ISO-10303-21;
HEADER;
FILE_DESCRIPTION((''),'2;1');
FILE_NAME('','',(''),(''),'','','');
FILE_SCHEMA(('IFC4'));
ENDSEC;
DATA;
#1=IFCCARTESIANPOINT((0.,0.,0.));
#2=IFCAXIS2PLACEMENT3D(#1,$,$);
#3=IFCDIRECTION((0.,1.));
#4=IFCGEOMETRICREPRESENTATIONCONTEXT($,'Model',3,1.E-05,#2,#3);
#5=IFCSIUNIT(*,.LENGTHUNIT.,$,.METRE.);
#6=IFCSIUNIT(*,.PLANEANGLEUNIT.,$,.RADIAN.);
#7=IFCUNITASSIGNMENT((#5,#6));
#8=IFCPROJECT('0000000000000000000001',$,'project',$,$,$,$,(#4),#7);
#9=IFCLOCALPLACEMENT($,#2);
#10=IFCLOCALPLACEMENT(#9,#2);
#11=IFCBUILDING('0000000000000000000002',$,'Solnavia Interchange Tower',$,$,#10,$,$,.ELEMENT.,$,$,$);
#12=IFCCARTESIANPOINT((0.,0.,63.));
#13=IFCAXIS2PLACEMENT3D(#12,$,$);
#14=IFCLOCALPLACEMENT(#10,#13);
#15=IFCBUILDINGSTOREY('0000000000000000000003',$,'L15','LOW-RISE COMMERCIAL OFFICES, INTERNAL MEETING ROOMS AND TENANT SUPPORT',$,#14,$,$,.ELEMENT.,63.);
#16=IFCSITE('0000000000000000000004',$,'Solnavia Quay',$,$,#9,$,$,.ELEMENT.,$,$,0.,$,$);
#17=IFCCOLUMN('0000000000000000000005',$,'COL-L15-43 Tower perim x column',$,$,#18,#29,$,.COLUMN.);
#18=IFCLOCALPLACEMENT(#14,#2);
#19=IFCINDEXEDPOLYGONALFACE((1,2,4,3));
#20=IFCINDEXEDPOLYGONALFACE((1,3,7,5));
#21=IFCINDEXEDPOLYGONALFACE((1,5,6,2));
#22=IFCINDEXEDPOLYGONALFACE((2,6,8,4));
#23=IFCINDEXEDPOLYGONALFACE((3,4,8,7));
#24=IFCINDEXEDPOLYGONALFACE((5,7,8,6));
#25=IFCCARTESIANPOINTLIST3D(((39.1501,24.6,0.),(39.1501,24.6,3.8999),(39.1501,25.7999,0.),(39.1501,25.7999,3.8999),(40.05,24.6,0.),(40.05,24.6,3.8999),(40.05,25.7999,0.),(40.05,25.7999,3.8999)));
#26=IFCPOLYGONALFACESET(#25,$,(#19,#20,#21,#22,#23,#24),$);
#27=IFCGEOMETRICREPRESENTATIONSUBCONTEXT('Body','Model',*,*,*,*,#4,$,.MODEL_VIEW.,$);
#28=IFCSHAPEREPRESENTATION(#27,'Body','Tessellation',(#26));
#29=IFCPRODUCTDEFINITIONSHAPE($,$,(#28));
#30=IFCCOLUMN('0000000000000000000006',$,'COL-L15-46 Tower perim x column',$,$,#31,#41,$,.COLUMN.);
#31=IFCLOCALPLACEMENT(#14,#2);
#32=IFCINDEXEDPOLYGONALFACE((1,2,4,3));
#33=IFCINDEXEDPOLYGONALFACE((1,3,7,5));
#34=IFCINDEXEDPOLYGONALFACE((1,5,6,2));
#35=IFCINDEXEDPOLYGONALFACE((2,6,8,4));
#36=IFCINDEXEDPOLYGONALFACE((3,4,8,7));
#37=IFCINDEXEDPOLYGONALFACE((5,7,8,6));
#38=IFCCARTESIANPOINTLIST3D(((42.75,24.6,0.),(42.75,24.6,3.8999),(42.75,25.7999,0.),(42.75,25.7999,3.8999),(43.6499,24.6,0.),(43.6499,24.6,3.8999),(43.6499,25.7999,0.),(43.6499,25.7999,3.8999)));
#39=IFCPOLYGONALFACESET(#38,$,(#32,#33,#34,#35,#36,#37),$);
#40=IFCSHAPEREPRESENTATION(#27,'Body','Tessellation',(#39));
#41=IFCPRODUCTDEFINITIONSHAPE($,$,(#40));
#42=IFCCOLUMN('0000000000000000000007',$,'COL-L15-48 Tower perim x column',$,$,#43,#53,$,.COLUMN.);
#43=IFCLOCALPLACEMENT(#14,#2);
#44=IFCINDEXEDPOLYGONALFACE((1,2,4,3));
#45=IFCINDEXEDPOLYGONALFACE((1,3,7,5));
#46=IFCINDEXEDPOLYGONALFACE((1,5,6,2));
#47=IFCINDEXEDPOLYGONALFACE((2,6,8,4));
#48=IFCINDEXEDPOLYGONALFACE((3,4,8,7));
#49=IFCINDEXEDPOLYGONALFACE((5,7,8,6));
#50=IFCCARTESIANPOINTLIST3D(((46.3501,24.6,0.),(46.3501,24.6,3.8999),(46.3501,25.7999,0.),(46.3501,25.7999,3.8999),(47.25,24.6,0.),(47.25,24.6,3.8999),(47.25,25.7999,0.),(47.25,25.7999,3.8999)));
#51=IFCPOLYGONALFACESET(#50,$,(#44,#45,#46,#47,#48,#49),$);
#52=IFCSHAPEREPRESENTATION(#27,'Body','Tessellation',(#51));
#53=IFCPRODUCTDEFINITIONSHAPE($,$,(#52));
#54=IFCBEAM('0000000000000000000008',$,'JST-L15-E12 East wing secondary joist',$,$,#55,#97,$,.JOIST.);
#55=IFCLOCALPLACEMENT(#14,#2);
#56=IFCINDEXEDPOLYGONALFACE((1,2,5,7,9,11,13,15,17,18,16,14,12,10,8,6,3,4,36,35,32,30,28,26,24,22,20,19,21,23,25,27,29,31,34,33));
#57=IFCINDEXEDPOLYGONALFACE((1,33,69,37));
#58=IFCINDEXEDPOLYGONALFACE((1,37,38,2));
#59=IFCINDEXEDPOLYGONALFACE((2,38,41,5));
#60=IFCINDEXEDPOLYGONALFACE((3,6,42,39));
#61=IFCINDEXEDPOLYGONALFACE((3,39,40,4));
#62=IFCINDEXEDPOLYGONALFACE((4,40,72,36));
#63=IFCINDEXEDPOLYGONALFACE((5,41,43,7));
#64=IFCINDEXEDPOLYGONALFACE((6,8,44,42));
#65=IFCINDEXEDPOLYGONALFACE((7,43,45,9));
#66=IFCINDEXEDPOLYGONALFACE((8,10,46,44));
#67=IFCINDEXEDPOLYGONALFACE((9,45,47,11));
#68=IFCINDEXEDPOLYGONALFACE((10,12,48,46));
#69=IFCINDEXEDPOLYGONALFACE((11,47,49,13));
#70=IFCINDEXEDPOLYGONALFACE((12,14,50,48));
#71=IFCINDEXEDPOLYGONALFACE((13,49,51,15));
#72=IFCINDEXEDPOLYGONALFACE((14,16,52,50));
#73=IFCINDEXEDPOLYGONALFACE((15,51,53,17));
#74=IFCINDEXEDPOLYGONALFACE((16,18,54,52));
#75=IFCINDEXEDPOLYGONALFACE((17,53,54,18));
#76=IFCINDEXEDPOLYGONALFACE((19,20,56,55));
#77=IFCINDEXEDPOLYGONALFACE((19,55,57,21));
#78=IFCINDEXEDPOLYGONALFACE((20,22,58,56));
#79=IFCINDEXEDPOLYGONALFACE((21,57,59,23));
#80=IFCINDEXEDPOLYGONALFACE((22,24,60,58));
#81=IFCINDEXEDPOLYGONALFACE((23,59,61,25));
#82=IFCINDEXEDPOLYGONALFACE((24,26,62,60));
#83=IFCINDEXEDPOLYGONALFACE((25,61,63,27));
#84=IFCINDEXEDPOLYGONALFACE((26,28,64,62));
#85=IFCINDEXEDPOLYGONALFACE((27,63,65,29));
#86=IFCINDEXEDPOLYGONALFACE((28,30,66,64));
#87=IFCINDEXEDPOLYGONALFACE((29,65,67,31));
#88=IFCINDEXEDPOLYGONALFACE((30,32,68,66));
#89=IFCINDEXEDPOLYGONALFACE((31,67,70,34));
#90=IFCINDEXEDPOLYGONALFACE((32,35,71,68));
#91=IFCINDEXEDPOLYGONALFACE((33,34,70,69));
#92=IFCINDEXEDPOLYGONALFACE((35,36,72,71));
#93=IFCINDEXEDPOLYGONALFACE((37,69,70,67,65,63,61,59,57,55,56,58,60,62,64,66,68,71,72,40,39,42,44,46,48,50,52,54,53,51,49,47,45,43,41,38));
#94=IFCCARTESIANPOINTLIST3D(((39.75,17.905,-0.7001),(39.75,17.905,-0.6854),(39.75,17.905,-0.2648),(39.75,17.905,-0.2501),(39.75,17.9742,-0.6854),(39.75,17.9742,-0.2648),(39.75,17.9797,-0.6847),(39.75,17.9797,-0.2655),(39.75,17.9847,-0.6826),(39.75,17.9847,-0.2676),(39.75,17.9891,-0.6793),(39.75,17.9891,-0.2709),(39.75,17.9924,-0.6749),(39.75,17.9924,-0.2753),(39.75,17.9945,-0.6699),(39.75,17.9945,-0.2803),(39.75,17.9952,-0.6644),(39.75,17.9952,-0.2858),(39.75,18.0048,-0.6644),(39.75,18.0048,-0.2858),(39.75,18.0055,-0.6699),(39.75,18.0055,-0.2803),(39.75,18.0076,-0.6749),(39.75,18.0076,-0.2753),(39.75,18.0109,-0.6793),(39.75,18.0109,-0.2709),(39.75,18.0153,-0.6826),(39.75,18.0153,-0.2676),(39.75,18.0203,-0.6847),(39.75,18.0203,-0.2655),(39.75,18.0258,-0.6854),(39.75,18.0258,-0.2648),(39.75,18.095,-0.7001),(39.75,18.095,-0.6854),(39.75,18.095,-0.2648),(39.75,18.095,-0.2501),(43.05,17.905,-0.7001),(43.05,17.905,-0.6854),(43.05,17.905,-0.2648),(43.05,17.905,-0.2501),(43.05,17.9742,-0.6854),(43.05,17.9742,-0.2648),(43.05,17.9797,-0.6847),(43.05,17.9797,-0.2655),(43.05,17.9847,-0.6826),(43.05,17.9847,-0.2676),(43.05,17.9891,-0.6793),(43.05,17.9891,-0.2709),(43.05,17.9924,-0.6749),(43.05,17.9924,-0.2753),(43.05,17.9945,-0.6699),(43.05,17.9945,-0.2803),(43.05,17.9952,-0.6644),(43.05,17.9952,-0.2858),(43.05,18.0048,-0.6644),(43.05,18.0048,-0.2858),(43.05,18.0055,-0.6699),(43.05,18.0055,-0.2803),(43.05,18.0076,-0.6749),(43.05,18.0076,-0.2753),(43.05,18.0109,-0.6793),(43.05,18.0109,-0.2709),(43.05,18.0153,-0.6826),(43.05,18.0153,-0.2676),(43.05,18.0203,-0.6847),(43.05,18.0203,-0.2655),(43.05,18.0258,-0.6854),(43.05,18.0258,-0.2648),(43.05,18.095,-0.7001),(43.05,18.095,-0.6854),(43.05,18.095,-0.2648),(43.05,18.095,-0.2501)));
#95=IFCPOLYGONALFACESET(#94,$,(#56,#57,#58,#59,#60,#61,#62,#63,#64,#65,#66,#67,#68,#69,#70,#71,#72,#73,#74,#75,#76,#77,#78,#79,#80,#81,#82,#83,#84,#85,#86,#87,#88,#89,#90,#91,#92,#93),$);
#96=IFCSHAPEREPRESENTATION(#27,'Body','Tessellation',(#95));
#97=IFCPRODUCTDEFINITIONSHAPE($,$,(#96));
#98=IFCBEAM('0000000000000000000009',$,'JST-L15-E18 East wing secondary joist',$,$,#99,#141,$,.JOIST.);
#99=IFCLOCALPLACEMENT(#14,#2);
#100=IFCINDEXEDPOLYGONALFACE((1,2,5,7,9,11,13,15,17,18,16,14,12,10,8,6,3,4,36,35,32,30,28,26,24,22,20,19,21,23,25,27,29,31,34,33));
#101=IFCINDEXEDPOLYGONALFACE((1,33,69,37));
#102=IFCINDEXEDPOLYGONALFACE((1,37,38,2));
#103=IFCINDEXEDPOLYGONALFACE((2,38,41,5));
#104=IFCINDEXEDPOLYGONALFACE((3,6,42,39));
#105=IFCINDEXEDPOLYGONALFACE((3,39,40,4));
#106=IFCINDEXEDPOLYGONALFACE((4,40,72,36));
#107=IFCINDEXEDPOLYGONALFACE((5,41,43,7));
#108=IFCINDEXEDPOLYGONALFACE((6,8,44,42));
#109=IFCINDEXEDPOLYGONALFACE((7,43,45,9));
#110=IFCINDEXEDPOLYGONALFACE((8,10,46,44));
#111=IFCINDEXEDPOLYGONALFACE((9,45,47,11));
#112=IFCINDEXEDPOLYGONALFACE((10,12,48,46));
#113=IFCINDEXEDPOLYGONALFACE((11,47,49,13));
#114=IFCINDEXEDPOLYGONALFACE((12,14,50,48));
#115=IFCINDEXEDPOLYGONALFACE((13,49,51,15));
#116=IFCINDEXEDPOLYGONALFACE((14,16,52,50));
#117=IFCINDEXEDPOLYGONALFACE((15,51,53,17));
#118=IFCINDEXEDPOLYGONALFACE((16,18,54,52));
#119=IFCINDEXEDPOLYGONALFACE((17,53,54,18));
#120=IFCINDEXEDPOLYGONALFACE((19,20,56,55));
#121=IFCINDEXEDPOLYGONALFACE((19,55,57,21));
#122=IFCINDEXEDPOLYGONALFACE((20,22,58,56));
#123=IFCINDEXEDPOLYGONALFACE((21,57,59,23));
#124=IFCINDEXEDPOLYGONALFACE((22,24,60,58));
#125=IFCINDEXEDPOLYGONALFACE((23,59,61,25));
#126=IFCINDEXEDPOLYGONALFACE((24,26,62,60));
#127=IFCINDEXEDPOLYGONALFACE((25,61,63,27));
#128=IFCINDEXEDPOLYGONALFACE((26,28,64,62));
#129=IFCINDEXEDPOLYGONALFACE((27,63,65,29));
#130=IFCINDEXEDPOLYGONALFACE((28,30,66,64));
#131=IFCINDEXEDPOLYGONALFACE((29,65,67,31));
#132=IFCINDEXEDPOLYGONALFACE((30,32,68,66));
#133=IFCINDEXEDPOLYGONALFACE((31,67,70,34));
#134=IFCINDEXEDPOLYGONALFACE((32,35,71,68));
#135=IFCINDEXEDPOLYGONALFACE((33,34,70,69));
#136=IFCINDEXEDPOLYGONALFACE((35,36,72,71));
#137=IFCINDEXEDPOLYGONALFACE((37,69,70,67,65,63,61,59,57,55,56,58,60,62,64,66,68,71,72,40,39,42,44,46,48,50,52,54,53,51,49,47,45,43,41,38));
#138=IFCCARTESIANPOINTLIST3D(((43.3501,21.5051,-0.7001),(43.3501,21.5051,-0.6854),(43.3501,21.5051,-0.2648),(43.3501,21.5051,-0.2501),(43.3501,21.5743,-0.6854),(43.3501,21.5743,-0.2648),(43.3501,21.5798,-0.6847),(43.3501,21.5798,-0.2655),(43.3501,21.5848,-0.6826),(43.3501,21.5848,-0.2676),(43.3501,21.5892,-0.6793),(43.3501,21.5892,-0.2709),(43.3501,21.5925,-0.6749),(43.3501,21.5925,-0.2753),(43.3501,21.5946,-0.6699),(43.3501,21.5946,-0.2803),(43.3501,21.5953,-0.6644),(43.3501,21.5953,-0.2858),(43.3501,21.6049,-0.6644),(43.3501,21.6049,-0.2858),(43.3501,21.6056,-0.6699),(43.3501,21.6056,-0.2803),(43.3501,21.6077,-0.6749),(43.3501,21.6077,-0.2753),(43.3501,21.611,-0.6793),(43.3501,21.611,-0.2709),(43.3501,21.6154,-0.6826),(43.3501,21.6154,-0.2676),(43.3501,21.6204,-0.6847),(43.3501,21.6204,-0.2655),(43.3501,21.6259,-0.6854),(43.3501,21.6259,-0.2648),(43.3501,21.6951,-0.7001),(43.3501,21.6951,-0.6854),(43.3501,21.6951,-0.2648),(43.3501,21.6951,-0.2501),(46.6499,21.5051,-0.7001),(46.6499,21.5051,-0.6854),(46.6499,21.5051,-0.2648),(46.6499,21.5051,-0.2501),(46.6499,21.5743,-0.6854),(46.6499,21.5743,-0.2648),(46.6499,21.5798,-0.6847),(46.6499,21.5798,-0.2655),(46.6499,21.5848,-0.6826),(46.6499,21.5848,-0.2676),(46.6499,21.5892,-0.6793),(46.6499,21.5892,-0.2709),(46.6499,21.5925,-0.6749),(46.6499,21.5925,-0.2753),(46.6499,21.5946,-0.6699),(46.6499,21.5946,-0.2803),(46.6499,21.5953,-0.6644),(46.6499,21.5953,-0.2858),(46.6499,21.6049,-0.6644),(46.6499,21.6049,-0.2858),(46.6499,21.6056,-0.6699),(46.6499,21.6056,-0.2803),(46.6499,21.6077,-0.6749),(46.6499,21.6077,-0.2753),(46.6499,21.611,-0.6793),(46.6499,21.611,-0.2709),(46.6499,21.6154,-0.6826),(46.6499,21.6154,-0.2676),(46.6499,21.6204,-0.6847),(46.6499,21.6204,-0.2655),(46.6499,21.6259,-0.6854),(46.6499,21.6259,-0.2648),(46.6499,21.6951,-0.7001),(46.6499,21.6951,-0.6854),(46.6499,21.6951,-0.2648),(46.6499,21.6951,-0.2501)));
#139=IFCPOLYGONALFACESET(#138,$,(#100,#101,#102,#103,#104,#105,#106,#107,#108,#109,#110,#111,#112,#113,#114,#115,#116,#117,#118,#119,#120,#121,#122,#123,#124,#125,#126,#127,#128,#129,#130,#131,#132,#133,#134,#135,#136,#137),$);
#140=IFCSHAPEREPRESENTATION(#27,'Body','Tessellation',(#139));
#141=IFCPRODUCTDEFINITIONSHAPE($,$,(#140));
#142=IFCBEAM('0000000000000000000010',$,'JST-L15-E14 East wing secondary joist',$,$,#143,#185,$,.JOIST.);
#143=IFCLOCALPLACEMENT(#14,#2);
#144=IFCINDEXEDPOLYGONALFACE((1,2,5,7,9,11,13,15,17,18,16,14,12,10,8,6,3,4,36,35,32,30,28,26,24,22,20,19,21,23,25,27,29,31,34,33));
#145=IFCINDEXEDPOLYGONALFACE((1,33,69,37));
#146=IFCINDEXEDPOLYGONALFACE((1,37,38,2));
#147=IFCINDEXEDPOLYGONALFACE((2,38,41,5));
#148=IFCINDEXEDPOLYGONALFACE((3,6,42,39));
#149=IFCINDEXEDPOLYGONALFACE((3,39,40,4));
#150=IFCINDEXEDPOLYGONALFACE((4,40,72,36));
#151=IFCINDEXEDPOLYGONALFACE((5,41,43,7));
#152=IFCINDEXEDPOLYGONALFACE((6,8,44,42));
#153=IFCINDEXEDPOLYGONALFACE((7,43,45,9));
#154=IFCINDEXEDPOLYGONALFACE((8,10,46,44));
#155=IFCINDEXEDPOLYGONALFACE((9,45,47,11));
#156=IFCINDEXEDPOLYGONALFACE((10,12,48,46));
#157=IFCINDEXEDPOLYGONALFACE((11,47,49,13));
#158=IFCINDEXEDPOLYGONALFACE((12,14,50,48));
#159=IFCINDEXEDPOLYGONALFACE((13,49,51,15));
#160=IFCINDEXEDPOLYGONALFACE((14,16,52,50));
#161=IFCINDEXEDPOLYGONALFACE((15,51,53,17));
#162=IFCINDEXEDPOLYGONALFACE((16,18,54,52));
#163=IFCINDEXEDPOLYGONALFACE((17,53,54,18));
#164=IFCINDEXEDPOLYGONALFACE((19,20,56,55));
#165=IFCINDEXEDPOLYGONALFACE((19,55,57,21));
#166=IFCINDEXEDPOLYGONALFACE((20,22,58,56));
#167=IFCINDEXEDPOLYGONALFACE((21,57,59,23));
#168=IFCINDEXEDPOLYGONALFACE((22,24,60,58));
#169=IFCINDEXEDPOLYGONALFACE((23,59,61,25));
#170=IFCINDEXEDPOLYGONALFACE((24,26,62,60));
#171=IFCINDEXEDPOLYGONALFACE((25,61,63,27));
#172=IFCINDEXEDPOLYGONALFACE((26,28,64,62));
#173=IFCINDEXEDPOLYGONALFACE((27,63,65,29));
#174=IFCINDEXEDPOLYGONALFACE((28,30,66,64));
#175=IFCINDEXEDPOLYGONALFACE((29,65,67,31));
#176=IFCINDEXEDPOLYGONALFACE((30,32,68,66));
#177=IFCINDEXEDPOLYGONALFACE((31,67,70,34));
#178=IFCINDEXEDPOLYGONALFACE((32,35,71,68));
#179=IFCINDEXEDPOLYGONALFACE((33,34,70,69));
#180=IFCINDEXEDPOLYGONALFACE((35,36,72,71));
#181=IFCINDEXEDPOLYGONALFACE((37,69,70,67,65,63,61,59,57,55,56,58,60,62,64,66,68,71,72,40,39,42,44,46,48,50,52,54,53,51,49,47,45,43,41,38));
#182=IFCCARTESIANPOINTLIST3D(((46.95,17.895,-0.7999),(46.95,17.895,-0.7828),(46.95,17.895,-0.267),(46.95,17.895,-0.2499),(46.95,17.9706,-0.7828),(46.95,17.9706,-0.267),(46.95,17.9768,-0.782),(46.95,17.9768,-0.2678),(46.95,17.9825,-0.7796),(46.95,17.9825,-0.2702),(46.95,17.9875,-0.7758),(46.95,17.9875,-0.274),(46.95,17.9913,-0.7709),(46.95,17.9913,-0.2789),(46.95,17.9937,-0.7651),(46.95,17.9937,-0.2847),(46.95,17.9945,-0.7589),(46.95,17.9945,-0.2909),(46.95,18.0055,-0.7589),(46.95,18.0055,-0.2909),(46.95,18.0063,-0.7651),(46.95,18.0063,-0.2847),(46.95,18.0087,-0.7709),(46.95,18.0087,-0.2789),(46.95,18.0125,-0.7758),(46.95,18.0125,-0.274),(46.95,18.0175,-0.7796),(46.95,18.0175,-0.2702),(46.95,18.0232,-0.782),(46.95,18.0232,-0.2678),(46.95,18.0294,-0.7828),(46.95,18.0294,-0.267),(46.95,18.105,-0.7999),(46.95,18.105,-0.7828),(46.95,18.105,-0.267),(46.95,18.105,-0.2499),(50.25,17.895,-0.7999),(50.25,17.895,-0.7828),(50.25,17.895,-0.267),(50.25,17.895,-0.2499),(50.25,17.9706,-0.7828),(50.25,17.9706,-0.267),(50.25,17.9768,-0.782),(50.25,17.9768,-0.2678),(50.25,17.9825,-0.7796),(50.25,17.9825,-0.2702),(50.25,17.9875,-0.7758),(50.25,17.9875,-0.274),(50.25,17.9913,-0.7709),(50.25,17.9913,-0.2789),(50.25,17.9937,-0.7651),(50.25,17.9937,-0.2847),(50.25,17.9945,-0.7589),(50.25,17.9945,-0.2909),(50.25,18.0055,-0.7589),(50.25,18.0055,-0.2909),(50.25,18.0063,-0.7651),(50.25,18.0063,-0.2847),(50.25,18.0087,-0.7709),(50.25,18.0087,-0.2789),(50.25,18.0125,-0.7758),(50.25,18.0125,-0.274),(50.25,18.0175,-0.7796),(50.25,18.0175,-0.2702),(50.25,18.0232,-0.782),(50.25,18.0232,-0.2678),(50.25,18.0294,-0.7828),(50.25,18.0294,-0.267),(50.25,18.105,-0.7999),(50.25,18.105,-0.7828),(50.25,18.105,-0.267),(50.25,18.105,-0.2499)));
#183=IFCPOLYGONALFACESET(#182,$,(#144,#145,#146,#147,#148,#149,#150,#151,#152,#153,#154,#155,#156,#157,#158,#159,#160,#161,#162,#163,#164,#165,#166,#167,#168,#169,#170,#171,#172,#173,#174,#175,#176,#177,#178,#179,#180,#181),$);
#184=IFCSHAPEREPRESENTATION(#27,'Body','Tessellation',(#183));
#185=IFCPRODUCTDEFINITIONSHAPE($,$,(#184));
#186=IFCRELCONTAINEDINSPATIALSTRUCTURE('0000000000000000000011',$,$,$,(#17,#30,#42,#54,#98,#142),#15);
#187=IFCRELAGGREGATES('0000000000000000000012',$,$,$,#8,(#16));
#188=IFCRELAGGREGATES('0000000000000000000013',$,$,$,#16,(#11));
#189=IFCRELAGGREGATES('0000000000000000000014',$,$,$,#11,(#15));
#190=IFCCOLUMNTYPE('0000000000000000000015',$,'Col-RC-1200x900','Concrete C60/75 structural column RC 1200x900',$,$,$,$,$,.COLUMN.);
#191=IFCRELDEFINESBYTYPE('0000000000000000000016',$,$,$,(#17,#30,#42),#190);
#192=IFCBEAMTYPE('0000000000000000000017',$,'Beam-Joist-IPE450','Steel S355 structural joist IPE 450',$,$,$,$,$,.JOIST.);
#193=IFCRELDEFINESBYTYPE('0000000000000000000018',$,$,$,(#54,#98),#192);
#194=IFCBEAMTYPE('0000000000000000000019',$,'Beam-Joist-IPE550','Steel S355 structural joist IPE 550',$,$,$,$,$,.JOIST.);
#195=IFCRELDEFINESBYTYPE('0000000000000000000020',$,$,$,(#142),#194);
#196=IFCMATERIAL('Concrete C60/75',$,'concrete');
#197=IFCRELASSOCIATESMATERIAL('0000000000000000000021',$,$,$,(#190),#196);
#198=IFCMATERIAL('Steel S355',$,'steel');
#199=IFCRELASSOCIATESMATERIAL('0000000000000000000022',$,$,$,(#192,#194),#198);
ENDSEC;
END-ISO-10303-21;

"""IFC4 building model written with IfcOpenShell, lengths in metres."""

from ifc_helpers import new_model, si_unit, direction, frame, origin, origin_2d, place, context, subcontext, project, spatial, rectangle, i_section, extrude, material, material_profile, profile_set, type_object, element, save


model = new_model("IFC4")

# Units and contexts
model_context = context("Model", 3, precision=1e-05, world=origin(), true_north=direction((0.0, 1.0)))
body_context = subcontext(model_context, "Body", "Model", "MODEL_VIEW")
ifc_project = project(units=[si_unit("LENGTHUNIT", "METRE"), si_unit("PLANEANGLEUNIT", "RADIAN")], contexts=[model_context])

# Site, building, storey
site_placement = place(None, origin())
site = spatial("IfcSite", under=ifc_project, at=site_placement, Name="Solnavia Quay", CompositionType="ELEMENT", RefElevation=0.0)
building_placement = place(site_placement, origin())
building = spatial("IfcBuilding", under=site, at=building_placement, Name="Solnavia Interchange Tower", CompositionType="ELEMENT")
storey_placement = place(building_placement, frame((0.0, 0.0, 63.0)))
storey = spatial("IfcBuildingStorey", under=building, at=storey_placement, Name="L15", Description="LOW-RISE COMMERCIAL OFFICES, INTERNAL MEETING ROOMS AND TENANT SUPPORT", CompositionType="ELEMENT", Elevation=63.0)

# Columns
ifc_material_1 = material(Name="Concrete C60/75", Category="concrete")
ifc_material_profile_1 = material_profile(ifc_material_1, rectangle(XDim=0.8999, YDim=1.2, at=origin_2d()), Name="RC 1200x900")
ifc_profile_set_1 = profile_set([ifc_material_profile_1], Name="Concrete C60/75")
column_type = type_object("IfcColumnType", Name="Col-RC-1200x900", Description="Concrete C60/75 structural column RC 1200x900", PredefinedType="COLUMN", material=ifc_profile_set_1)
for number, where, z_axis, x_axis, name in (
    (1, (39.6001, 25.2, 0.0), (0.0, 0.0, 1.0), (1.0, 0.0, 0.0), "COL-L15-43 Tower perim x column"),
    (2, (43.2, 25.2, 0.0), (0.0, 0.0, 1.0), (1.0, 0.0, 0.0), "COL-L15-46 Tower perim x column"),
    (3, (46.8, 25.2, 0.0), (0.0, 0.0, 1.0), (1.0, 0.0, 0.0), "COL-L15-48 Tower perim x column"),
):
    element("IfcColumn", number, at=place(storey_placement, frame(where, z_axis=z_axis, x_axis=x_axis)), inside=storey, type_object=column_type, Name=name, PredefinedType="COLUMN", context=body_context, shape_type="SweptSolid", body=[
        extrude(rectangle(XDim=0.8999, YDim=1.2, at=origin_2d()), origin(), (0.0, 0.0, 1.0), 3.8999),
    ])

# Beams
ifc_material_2 = material(Name="Steel S355", Category="steel")
ifc_material_profile_2 = material_profile(ifc_material_2, i_section(OverallWidth=0.1899, OverallDepth=0.45, WebThickness=0.0095, FlangeThickness=0.0146, FilletRadius=0.021, at=origin_2d()), Name="IPE 450")
ifc_profile_set_2 = profile_set([ifc_material_profile_2], Name="Steel S355")
beam_type_1 = type_object("IfcBeamType", Name="Beam-Joist-IPE450", Description="Steel S355 structural joist IPE 450", PredefinedType="JOIST", material=ifc_profile_set_2)
beam_1_placement = place(storey_placement, frame((39.75, 18.0, -0.4751), z_axis=(1.0, 0.0, 0.0), x_axis=(0.0, 1.0, 0.0)))
element("IfcBeam", 4, at=beam_1_placement, inside=storey, type_object=beam_type_1, Name="JST-L15-E12 East wing secondary joist", PredefinedType="JOIST", context=body_context, shape_type="SweptSolid", body=[
    extrude(i_section(OverallWidth=0.1899, OverallDepth=0.45, WebThickness=0.0095, FlangeThickness=0.0146, FilletRadius=0.021, at=origin_2d()), origin(), (0.0, 0.0, 1.0), 3.3),
])
beam_2_placement = place(storey_placement, frame((43.3501, 21.6001, -0.4751), z_axis=(1.0, 0.0, 0.0), x_axis=(0.0, 1.0, 0.0)))
element("IfcBeam", 5, at=beam_2_placement, inside=storey, type_object=beam_type_1, Name="JST-L15-E18 East wing secondary joist", PredefinedType="JOIST", context=body_context, shape_type="SweptSolid", body=[
    extrude(i_section(OverallWidth=0.1899, OverallDepth=0.45, WebThickness=0.0095, FlangeThickness=0.0146, FilletRadius=0.021, at=origin_2d()), origin(), (0.0, 0.0, 1.0), 3.2998),
])
ifc_material_profile_3 = material_profile(ifc_material_2, i_section(OverallWidth=0.21, OverallDepth=0.55, WebThickness=0.011, FlangeThickness=0.0171, FilletRadius=0.0239, at=origin_2d()), Name="IPE 550")
ifc_profile_set_3 = profile_set([ifc_material_profile_3], Name="Steel S355")
beam_type_2 = type_object("IfcBeamType", Name="Beam-Joist-IPE550", Description="Steel S355 structural joist IPE 550", PredefinedType="JOIST", material=ifc_profile_set_3)
for number, where, z_axis, x_axis, name in (
    (6, (46.95, 18.0, -0.5249), (1.0, 0.0, 0.0), (0.0, 1.0, 0.0), "JST-L15-E14 East wing secondary joist"),
):
    element("IfcBeam", number, at=place(storey_placement, frame(where, z_axis=z_axis, x_axis=x_axis)), inside=storey, type_object=beam_type_2, Name=name, PredefinedType="JOIST", context=body_context, shape_type="SweptSolid", body=[
        extrude(i_section(OverallWidth=0.21, OverallDepth=0.55, WebThickness=0.011, FlangeThickness=0.0171, FilletRadius=0.0239, at=origin_2d()), origin(), (0.0, 0.0, 1.0), 3.3),
    ])

save(model, "model.ifc")
